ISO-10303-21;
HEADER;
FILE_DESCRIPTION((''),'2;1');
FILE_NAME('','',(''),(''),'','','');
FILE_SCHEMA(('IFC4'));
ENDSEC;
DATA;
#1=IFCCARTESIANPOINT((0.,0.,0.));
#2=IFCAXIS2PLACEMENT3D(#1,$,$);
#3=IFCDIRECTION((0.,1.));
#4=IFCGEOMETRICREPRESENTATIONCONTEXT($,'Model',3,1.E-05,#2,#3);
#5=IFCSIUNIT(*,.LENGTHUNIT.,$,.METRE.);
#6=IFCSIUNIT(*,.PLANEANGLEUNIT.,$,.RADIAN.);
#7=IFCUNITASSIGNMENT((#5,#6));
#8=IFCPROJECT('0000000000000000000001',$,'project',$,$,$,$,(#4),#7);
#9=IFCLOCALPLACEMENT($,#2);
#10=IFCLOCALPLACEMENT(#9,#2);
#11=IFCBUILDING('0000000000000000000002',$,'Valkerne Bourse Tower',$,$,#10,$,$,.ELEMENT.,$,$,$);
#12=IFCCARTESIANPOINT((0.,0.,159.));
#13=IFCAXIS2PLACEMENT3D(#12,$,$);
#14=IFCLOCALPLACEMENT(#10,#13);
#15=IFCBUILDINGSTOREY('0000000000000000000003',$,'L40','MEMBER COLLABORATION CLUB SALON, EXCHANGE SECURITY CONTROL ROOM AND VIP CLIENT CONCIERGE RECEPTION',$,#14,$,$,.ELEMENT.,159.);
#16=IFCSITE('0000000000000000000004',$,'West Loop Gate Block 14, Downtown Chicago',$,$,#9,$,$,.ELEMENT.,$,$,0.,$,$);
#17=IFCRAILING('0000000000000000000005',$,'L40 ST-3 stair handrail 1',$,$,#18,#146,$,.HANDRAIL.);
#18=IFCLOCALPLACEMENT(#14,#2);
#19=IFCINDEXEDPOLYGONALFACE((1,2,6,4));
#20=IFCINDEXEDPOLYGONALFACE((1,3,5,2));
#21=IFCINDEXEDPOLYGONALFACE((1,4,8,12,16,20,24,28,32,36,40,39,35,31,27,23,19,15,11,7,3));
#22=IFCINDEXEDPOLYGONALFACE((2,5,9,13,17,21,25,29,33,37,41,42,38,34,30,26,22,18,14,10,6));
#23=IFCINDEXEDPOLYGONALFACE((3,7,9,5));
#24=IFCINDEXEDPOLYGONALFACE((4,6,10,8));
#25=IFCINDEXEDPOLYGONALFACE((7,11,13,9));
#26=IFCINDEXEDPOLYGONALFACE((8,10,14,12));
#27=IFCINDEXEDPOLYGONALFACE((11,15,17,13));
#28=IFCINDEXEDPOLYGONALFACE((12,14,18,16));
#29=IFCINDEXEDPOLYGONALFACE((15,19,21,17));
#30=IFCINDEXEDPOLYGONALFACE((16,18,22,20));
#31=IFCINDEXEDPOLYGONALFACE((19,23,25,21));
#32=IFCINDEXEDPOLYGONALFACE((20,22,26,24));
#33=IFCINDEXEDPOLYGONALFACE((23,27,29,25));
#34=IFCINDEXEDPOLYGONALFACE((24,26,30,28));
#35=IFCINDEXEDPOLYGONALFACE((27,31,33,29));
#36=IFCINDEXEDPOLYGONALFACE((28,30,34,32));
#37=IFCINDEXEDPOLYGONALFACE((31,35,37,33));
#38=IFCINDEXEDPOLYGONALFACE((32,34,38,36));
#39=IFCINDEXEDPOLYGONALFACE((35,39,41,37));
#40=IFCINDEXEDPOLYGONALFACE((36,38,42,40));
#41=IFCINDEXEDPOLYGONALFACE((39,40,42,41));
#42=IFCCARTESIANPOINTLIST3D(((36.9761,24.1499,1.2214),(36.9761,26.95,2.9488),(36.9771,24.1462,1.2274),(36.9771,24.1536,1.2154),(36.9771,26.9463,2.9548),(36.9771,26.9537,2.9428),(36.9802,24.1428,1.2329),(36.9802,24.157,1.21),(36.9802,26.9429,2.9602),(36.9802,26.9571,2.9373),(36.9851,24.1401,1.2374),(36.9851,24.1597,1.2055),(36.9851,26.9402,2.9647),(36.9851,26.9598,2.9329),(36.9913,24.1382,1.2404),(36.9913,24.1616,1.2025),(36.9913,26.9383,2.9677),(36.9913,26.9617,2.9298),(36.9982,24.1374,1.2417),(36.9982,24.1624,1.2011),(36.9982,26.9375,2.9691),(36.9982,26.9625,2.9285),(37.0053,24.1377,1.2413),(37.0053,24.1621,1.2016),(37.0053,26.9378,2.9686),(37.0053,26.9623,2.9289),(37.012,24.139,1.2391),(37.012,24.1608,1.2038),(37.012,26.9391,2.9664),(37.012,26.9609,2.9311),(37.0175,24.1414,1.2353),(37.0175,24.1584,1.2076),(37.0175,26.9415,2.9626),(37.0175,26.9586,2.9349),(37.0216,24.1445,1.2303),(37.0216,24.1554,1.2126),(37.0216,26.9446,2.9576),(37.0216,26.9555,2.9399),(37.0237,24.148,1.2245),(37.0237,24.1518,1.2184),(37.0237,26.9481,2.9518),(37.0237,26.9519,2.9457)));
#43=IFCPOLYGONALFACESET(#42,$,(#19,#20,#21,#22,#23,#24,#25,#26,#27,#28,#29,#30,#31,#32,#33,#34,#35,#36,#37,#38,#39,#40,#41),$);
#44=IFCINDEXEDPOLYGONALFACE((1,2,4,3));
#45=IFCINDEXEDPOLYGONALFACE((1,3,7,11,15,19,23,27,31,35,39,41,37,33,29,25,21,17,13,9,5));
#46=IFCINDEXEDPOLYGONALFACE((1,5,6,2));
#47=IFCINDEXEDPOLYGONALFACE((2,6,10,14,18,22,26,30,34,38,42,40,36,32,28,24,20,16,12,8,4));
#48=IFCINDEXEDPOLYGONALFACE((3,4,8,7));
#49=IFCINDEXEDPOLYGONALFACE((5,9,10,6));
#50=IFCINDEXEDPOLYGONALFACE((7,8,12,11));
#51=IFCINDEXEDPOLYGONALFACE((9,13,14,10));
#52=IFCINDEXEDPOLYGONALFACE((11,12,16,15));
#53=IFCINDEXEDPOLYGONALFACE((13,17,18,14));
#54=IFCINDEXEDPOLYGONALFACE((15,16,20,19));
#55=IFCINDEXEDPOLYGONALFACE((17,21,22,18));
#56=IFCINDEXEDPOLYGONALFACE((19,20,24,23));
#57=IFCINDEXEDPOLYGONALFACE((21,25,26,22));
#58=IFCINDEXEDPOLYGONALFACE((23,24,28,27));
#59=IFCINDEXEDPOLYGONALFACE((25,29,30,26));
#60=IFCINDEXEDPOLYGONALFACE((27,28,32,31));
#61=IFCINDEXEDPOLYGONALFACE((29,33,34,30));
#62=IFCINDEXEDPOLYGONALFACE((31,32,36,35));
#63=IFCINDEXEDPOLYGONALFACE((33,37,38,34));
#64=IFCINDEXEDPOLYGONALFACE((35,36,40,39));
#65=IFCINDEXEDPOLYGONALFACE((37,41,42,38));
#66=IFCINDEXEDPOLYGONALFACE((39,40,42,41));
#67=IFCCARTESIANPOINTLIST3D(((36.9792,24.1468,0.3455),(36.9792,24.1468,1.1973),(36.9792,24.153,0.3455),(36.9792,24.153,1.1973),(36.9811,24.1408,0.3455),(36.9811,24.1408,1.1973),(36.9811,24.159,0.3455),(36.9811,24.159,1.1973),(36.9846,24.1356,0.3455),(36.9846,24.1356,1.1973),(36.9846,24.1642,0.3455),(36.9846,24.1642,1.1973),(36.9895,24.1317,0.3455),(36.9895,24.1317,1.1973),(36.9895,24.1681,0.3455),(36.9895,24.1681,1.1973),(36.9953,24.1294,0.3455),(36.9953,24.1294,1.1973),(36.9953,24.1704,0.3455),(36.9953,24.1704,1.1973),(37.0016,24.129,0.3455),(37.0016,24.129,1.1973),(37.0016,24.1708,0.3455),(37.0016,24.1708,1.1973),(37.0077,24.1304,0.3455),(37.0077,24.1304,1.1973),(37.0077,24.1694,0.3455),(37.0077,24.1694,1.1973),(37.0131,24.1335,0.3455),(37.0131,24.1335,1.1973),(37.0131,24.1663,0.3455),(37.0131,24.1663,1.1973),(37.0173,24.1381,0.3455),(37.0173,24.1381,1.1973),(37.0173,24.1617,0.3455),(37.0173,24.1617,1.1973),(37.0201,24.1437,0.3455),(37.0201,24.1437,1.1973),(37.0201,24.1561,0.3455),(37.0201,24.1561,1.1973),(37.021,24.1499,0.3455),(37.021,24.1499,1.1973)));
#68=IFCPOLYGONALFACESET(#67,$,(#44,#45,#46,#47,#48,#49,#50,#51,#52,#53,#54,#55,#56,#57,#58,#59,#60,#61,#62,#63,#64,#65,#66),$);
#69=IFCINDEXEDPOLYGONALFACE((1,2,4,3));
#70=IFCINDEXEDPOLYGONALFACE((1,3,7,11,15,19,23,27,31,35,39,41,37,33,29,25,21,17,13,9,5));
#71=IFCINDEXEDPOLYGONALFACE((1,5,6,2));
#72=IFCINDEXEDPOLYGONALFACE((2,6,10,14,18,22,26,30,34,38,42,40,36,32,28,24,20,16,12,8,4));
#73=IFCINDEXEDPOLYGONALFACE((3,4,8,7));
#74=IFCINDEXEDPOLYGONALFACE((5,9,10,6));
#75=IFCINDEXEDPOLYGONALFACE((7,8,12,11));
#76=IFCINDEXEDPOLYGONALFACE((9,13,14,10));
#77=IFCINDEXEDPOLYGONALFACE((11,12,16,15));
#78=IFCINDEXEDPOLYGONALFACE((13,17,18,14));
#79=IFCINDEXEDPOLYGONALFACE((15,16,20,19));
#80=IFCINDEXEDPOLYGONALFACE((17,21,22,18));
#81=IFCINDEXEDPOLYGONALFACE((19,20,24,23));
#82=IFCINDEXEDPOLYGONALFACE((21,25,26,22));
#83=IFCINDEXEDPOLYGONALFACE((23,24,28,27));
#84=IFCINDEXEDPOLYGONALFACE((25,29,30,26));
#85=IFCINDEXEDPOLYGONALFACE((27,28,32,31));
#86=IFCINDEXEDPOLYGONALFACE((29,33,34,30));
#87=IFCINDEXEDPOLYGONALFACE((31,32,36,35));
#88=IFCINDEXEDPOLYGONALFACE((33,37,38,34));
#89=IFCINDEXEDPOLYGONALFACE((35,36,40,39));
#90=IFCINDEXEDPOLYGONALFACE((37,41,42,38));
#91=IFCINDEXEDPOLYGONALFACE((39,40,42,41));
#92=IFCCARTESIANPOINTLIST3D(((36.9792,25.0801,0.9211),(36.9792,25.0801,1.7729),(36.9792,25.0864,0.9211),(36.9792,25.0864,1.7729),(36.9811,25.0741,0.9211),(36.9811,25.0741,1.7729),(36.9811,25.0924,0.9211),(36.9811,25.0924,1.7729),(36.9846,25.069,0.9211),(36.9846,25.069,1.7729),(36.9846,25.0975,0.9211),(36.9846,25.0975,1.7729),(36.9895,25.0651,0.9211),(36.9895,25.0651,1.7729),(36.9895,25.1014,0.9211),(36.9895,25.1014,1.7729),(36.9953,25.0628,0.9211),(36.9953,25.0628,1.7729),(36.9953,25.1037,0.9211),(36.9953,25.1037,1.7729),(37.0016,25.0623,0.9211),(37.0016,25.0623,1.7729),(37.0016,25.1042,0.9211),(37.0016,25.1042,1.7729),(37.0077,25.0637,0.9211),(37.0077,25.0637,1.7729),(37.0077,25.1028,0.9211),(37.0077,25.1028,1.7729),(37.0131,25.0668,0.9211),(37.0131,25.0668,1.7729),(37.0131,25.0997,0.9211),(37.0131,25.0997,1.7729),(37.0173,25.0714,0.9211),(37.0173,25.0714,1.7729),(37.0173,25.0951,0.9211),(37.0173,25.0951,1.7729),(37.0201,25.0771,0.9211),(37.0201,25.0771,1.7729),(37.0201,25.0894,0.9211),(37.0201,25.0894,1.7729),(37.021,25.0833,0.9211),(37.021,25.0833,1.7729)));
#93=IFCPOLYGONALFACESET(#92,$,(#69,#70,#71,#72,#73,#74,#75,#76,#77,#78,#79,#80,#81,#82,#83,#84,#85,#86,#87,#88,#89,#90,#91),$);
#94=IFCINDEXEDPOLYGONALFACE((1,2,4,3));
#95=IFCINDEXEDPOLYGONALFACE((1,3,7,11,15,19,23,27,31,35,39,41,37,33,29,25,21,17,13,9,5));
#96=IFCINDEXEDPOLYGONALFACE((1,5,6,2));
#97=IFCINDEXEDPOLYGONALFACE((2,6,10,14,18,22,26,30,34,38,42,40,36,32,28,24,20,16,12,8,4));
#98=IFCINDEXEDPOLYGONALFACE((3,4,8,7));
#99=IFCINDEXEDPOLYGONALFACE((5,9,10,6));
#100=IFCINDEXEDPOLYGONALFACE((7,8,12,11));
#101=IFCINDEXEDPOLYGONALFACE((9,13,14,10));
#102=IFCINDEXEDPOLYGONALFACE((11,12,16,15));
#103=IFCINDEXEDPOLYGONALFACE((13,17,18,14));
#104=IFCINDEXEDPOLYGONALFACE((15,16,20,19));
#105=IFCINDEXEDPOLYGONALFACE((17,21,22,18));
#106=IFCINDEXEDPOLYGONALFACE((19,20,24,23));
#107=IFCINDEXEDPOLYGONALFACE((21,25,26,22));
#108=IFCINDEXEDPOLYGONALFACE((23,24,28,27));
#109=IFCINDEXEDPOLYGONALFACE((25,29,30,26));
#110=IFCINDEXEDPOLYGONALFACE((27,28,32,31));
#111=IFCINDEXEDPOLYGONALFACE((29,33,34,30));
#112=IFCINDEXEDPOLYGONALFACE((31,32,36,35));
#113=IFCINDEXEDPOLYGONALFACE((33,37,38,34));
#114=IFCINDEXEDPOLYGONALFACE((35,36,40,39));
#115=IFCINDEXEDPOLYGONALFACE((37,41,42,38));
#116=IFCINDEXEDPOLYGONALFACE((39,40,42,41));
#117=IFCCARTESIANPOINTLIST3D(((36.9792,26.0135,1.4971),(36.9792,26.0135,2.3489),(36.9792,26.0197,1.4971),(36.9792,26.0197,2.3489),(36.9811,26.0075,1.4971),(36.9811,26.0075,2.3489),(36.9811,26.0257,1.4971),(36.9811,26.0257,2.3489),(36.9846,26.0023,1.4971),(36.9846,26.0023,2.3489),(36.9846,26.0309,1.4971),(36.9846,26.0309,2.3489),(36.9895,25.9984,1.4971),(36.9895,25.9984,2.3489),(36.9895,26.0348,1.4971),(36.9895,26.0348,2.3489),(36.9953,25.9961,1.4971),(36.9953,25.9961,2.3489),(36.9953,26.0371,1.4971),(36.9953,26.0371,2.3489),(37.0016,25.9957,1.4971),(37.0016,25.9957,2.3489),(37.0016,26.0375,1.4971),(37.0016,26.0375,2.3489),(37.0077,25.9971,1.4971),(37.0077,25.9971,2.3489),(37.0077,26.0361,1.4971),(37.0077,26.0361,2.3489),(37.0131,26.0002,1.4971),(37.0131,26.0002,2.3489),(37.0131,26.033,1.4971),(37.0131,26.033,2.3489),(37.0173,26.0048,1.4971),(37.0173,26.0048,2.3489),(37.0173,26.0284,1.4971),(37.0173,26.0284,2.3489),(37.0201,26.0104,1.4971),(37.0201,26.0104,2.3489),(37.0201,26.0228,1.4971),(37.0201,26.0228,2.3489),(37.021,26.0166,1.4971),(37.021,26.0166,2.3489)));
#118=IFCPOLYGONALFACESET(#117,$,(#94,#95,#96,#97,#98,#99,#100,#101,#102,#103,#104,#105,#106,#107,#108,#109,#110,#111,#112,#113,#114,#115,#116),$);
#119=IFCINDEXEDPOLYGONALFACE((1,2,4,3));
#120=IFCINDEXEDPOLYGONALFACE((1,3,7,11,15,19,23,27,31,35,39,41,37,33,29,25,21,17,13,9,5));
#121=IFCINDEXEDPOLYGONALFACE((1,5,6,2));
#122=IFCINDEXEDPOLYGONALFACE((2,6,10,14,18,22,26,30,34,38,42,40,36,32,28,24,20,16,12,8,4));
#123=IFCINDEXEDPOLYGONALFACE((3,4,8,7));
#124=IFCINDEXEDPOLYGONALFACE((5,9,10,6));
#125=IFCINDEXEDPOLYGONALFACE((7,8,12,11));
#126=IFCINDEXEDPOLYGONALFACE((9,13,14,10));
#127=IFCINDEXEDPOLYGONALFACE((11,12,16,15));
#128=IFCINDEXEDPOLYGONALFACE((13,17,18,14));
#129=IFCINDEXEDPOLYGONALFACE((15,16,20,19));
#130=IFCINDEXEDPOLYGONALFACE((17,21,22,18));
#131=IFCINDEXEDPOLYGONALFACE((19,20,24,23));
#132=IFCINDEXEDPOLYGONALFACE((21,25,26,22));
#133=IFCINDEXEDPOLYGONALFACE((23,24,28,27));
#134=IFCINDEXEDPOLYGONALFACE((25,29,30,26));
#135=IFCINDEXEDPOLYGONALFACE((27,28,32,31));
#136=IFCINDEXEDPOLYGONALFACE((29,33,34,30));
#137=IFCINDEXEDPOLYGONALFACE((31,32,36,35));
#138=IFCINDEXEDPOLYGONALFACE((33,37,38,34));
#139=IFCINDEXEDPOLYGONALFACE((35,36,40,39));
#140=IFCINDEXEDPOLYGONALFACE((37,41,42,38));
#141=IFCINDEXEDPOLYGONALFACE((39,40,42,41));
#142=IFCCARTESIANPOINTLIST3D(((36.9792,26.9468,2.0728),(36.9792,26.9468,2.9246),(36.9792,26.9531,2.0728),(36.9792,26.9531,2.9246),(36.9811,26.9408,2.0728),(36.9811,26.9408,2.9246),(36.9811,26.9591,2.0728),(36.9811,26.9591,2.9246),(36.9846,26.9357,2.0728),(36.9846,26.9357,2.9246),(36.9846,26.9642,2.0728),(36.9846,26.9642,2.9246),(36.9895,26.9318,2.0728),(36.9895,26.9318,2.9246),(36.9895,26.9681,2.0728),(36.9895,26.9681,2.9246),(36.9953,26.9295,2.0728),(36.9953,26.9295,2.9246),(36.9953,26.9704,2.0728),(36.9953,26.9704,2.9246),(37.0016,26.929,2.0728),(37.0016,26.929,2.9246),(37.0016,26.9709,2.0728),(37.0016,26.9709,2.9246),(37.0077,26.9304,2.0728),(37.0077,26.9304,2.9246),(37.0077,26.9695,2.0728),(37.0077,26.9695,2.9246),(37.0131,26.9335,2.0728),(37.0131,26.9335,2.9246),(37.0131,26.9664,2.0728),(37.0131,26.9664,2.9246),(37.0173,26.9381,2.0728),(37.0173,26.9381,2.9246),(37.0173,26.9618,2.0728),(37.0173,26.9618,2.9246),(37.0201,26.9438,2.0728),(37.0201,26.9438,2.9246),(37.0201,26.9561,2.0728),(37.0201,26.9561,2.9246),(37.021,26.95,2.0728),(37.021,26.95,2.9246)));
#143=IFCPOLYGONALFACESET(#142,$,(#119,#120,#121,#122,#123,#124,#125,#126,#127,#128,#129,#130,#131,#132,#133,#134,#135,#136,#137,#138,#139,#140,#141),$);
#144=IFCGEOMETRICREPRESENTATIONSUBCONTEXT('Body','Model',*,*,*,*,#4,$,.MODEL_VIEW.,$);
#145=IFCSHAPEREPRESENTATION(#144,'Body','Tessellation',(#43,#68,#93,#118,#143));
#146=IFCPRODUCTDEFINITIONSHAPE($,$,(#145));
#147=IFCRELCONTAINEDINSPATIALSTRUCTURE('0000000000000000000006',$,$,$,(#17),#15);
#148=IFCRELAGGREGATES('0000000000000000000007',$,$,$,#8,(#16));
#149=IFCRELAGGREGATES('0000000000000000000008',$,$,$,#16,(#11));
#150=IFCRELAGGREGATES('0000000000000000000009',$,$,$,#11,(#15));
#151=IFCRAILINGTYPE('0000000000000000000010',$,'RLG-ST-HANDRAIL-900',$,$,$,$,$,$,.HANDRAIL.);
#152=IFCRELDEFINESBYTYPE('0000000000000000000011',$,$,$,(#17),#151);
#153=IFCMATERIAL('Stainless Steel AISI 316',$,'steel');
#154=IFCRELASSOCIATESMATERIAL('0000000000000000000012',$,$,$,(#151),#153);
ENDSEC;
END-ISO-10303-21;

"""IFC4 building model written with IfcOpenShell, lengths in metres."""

from ifc_helpers import new_model, si_unit, direction, frame, origin, origin_2d, place, context, subcontext, project, spatial, circle, extrude, material, type_object, element, save


model = new_model("IFC4")

# Units and contexts
model_context = context("Model", 3, precision=1e-05, world=origin(), true_north=direction((0.0, 1.0)))
body_context = subcontext(model_context, "Body", "Model", "MODEL_VIEW")
ifc_project = project(units=[si_unit("LENGTHUNIT", "METRE"), si_unit("PLANEANGLEUNIT", "RADIAN")], contexts=[model_context])

# Site, building, storey
site_placement = place(None, origin())
site = spatial("IfcSite", under=ifc_project, at=site_placement, Name="West Loop Gate Block 14, Downtown Chicago", CompositionType="ELEMENT", RefElevation=0.0)
building_placement = place(site_placement, origin())
building = spatial("IfcBuilding", under=site, at=building_placement, Name="Valkerne Bourse Tower", CompositionType="ELEMENT")
storey_placement = place(building_placement, frame((0.0, 0.0, 159.0)))
storey = spatial("IfcBuildingStorey", under=building, at=storey_placement, Name="L40", Description="MEMBER COLLABORATION CLUB SALON, EXCHANGE SECURITY CONTROL ROOM AND VIP CLIENT CONCIERGE RECEPTION", CompositionType="ELEMENT", Elevation=159.0)

# Railing
ifc_material_1 = material(Name="Stainless Steel AISI 316", Category="steel")
railing_type_1 = type_object("IfcRailingType", Name="RLG-ST-HANDRAIL-900", PredefinedType="HANDRAIL", material=ifc_material_1)
railing_1_placement = place(storey_placement, frame((37.0, 24.1499, 0.3455)))
element("IfcRailing", 1, at=railing_1_placement, inside=storey, type_object=railing_type_1, Name="L40 ST-3 stair handrail 1", PredefinedType="HANDRAIL", context=body_context, shape_type="SweptSolid", body=[
    extrude(circle(Radius=0.0239, at=origin_2d()), frame((0.0, 0.0, 0.876), z_axis=(0.0, 0.85109, 0.52502), x_axis=(-1.0, 0.0, 0.0)), (0.0, 0.0, 1.0), 3.29),
    extrude(circle(Radius=0.021, at=origin_2d()), origin(), (0.0, 0.0, 1.0), 0.8518),
    extrude(circle(Radius=0.021, at=origin_2d()), frame((0.0, 0.9333, 0.5757)), (0.0, 0.0, 1.0), 0.8518),
    extrude(circle(Radius=0.021, at=origin_2d()), frame((0.0, 1.8667, 1.1516)), (0.0, 0.0, 1.0), 0.8518),
    extrude(circle(Radius=0.021, at=origin_2d()), frame((0.0, 2.8, 1.7273)), (0.0, 0.0, 1.0), 0.8518),
])

save(model, "model.ifc")
